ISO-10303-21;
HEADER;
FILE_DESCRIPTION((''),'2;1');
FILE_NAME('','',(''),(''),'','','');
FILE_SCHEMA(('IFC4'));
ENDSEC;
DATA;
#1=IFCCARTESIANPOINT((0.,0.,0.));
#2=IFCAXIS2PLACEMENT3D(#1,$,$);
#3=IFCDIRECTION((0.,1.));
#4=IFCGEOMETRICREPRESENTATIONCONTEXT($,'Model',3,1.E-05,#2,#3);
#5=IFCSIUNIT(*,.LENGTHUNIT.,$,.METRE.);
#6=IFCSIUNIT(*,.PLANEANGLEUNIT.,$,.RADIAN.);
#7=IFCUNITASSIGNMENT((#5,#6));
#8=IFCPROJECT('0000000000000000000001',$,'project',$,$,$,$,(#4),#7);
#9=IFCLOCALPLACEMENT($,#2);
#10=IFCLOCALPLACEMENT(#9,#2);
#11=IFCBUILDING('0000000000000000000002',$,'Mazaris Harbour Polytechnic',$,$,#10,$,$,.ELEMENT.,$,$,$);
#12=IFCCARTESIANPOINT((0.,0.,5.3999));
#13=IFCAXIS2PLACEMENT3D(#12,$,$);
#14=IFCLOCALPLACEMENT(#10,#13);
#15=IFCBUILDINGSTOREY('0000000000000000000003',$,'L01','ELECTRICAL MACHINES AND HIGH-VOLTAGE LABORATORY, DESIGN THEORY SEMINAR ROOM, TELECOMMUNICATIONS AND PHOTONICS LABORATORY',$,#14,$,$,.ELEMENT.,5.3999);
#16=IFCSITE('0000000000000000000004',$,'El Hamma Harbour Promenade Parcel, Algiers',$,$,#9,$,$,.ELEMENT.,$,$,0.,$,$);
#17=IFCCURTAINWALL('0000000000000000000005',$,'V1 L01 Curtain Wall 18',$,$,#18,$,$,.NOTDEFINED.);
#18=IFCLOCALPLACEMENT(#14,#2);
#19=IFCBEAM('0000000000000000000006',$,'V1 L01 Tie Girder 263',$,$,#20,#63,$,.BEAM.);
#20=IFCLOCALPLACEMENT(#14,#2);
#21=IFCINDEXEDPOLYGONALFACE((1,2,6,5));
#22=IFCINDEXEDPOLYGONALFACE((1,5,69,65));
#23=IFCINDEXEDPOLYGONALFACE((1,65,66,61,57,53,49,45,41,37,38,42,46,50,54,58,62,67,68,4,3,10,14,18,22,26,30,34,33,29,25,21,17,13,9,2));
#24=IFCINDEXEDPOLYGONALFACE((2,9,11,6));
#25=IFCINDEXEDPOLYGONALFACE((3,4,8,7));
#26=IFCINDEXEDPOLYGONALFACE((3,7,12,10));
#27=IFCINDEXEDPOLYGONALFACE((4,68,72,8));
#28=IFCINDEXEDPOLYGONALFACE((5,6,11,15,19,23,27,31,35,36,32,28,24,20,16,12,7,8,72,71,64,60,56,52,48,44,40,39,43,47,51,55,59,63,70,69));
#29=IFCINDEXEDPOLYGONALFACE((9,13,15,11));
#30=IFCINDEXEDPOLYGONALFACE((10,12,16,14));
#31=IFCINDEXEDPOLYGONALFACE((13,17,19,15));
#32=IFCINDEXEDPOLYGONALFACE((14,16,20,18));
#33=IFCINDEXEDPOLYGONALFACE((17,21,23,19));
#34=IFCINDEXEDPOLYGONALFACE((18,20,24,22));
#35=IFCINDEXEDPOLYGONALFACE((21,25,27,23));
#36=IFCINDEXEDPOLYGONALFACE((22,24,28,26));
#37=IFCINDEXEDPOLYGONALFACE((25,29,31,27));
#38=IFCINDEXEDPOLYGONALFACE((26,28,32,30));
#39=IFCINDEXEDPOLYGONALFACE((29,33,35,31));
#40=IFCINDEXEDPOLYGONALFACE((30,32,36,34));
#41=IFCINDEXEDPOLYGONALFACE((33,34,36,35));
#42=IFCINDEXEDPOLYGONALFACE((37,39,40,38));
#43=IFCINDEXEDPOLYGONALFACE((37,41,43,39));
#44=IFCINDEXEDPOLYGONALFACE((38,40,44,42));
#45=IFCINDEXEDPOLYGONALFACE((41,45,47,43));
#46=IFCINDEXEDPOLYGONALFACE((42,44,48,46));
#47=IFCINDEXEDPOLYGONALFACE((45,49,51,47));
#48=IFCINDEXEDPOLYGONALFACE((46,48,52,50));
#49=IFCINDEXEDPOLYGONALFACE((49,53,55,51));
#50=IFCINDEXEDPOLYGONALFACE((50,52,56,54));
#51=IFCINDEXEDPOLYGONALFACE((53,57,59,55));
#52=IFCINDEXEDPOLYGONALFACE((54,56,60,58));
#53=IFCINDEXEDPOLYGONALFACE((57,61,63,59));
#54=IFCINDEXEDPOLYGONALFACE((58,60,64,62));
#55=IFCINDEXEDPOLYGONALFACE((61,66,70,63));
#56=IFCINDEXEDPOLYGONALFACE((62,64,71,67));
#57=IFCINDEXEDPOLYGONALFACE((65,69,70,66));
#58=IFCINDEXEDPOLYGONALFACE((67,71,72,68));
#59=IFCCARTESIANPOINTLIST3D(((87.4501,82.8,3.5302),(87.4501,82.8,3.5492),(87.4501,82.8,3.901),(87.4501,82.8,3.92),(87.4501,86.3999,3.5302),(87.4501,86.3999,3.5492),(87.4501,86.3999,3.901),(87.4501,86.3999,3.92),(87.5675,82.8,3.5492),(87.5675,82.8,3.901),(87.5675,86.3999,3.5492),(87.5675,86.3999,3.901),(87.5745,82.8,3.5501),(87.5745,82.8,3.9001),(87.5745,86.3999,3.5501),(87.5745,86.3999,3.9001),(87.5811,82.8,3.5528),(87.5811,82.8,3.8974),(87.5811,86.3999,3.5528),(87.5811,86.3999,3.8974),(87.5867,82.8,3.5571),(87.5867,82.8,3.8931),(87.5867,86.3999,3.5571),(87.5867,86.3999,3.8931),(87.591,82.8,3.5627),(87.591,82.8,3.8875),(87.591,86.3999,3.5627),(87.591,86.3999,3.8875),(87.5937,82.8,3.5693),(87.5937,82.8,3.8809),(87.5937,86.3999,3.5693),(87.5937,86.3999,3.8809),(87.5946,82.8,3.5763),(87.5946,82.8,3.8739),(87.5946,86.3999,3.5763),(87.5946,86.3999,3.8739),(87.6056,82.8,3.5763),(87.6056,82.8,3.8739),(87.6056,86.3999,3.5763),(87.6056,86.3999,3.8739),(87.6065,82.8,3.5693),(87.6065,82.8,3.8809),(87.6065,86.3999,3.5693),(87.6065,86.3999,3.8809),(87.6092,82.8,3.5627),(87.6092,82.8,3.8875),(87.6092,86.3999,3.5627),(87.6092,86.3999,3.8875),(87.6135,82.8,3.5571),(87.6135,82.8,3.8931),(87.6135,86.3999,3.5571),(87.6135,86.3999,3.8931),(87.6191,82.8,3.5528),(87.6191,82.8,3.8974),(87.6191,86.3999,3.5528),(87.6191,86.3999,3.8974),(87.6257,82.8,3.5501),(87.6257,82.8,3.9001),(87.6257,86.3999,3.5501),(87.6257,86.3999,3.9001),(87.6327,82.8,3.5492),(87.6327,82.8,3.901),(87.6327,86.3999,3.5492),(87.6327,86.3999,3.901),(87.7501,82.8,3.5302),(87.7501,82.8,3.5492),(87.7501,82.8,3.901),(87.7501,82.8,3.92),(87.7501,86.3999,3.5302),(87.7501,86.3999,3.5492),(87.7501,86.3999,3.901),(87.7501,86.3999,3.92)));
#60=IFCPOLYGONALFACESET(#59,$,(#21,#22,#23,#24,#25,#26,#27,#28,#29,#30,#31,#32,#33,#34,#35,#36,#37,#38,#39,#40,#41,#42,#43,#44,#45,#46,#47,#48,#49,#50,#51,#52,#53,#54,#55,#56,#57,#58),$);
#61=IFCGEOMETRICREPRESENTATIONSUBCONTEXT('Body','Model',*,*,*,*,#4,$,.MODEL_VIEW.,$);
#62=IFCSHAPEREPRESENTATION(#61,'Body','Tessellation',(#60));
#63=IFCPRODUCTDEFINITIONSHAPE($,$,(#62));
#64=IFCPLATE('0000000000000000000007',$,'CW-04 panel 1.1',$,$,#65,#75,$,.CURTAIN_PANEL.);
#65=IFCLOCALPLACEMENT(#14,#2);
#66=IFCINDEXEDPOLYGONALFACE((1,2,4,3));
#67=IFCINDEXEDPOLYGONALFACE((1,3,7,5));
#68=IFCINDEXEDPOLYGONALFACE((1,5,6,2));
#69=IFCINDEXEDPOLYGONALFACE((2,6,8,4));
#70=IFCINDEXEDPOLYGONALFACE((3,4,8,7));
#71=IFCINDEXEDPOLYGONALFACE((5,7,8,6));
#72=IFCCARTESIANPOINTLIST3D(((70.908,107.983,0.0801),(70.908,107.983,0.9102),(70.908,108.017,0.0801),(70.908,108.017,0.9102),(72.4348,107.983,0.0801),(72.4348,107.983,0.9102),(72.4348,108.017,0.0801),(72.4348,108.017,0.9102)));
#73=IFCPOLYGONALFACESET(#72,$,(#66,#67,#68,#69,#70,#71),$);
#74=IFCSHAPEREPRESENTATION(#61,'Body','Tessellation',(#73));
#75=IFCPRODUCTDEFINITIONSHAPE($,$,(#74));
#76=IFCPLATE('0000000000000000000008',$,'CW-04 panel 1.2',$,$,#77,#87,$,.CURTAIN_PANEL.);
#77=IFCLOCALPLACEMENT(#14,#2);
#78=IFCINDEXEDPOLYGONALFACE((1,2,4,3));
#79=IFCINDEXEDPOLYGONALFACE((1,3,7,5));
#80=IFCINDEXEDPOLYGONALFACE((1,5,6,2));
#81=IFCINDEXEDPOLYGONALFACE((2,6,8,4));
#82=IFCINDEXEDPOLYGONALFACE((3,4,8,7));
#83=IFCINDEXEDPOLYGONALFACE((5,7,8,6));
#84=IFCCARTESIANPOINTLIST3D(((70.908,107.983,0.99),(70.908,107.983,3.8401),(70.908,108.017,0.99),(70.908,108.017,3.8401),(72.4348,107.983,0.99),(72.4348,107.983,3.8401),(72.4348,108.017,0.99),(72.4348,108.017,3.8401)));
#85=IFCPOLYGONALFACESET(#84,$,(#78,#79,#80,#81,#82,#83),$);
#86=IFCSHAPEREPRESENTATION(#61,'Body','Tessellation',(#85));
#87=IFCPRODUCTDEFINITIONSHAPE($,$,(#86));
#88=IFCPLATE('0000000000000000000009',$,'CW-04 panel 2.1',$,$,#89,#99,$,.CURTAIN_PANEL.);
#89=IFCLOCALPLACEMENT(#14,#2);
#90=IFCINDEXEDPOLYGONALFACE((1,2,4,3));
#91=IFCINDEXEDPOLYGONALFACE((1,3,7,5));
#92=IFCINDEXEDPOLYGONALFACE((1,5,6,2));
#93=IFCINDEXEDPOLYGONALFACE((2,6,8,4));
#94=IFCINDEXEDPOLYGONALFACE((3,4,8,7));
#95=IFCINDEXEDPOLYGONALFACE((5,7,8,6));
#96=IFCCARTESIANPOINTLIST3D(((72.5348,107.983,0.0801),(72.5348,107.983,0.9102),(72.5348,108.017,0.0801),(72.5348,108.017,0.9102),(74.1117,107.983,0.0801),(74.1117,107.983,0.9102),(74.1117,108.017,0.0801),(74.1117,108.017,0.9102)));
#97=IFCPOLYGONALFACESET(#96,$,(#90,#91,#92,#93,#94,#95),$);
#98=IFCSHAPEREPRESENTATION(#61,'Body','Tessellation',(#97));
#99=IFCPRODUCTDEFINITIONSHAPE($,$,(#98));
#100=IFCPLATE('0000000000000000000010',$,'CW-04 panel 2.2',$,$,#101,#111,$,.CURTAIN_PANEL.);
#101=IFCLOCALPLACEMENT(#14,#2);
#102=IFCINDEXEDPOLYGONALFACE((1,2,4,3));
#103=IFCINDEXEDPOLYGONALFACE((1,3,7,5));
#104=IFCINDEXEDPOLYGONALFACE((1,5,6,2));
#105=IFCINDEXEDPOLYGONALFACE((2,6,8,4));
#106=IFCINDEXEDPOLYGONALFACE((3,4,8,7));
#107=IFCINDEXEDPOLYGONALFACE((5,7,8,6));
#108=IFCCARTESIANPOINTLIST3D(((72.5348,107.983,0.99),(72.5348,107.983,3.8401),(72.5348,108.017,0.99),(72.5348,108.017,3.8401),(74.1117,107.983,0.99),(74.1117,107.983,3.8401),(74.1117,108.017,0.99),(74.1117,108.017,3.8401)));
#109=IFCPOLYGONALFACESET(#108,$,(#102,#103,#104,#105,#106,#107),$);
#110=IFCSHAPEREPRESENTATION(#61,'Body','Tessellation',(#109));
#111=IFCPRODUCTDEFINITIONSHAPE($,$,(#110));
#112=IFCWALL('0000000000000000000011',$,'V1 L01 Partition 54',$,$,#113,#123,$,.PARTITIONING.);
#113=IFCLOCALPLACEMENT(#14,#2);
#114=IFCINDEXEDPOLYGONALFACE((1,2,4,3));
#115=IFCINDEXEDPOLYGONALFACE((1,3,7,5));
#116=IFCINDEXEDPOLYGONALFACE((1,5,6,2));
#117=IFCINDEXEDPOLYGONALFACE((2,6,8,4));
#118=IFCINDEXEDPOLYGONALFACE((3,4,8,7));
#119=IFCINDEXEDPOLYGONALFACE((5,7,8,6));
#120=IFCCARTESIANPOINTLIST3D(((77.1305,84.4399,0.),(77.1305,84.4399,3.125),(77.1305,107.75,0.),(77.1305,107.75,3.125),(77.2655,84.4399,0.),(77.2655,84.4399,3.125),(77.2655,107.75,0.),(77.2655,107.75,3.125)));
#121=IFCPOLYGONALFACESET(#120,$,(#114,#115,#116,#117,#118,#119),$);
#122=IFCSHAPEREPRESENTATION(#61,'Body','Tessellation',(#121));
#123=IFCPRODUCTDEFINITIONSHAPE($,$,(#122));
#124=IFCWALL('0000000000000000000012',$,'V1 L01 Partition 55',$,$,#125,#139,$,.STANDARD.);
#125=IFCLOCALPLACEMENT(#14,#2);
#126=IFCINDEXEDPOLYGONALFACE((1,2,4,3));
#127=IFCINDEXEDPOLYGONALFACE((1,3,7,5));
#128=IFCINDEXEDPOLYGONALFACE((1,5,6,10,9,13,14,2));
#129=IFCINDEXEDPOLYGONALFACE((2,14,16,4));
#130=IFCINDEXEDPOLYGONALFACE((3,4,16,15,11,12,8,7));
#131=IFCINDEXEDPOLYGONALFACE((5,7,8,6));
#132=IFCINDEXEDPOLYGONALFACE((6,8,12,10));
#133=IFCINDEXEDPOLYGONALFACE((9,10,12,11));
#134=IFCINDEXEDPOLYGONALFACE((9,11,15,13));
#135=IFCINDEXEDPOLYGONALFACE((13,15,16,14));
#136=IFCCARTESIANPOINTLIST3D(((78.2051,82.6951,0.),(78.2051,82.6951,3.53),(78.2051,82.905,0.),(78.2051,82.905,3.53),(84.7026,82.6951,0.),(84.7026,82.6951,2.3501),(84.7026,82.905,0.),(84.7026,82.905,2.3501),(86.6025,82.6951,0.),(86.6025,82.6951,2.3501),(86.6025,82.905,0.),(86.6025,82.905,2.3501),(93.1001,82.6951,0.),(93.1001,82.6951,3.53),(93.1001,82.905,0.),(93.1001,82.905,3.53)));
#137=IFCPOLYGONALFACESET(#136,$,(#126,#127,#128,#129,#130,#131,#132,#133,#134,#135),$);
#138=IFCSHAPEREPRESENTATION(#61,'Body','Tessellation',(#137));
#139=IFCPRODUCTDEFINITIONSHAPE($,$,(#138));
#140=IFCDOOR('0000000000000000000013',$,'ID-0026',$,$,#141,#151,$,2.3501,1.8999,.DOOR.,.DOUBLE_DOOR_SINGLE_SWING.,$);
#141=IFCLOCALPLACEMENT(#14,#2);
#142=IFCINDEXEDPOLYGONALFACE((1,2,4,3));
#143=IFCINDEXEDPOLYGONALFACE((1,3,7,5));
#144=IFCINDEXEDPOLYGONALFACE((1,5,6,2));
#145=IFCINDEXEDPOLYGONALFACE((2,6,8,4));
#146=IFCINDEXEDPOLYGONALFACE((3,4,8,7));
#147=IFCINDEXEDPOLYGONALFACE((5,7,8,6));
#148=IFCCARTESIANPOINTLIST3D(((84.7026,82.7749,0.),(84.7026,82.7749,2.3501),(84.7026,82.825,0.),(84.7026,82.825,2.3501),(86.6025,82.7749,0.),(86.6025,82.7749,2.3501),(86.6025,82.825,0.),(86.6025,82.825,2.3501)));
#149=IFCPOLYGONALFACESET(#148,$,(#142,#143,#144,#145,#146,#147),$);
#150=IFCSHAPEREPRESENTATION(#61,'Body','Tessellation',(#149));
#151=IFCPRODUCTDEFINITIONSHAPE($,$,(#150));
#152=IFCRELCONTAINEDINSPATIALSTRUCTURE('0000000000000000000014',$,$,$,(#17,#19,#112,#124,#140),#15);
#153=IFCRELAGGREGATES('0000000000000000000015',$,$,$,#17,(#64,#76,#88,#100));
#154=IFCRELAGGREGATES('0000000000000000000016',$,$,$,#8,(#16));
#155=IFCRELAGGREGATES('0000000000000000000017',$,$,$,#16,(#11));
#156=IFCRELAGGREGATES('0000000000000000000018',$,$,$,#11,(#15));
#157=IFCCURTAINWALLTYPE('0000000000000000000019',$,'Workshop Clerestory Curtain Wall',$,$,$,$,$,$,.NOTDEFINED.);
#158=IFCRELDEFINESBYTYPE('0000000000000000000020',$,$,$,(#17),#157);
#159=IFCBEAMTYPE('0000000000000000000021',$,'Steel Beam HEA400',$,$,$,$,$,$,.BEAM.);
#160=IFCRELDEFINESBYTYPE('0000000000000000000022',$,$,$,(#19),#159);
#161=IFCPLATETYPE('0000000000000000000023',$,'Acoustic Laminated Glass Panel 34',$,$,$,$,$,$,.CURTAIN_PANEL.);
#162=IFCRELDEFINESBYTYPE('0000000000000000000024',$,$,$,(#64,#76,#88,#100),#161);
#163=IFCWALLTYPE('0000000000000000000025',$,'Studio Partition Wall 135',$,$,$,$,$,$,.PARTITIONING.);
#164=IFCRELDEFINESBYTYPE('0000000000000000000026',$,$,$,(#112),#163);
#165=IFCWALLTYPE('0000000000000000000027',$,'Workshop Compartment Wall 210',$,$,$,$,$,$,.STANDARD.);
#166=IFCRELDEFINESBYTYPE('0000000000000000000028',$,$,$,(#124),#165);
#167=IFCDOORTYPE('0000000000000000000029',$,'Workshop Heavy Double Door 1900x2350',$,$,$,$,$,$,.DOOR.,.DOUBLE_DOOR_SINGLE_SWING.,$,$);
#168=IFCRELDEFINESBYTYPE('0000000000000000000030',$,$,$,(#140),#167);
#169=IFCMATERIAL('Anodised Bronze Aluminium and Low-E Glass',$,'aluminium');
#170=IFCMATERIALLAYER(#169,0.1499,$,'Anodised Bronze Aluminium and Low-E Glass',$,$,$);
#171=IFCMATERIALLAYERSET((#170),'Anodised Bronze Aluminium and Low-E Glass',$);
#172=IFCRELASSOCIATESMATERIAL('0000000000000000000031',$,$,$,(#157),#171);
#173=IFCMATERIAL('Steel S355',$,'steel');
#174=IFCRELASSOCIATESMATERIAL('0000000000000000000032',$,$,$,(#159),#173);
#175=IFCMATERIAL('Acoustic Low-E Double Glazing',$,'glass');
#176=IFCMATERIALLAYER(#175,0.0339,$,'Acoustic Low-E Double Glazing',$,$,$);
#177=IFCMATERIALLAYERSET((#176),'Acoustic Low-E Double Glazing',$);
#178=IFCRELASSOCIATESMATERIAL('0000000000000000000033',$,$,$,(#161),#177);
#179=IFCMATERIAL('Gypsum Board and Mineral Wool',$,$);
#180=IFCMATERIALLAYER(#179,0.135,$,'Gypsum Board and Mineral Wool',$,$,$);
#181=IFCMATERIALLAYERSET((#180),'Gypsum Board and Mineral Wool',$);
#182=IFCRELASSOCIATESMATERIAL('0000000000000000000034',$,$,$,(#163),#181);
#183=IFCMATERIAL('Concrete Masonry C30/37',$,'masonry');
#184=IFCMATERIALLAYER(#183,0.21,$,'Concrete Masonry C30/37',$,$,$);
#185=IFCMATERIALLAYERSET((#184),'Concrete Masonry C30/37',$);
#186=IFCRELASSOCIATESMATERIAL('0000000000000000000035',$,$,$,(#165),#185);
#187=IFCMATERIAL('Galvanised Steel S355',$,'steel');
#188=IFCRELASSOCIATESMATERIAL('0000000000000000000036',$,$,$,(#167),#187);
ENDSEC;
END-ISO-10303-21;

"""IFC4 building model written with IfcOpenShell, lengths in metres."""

from ifc_helpers import new_model, si_unit, direction, frame, frame_2d, origin, origin_2d, place, context, subcontext, project, spatial, rectangle, i_section, extrude, material, layer, layer_set, material_profile, profile_set, type_object, element, fill, aggregate, save


model = new_model("IFC4")

# Units and contexts
model_context = context("Model", 3, precision=1e-05, world=origin(), true_north=direction((0.0, 1.0)))
body_context = subcontext(model_context, "Body", "Model", "MODEL_VIEW")
ifc_project = project(units=[si_unit("LENGTHUNIT", "METRE"), si_unit("PLANEANGLEUNIT", "RADIAN")], contexts=[model_context])

# Site, building, storey
site_placement = place(None, origin())
site = spatial("IfcSite", under=ifc_project, at=site_placement, Name="El Hamma Harbour Promenade Parcel, Algiers", CompositionType="ELEMENT", RefElevation=0.0)
building_placement = place(site_placement, origin())
building = spatial("IfcBuilding", under=site, at=building_placement, Name="Mazaris Harbour Polytechnic", CompositionType="ELEMENT")
storey_placement = place(building_placement, frame((0.0, 0.0, 5.3999)))
storey = spatial("IfcBuildingStorey", under=building, at=storey_placement, Name="L01", Description="ELECTRICAL MACHINES AND HIGH-VOLTAGE LABORATORY, DESIGN THEORY SEMINAR ROOM, TELECOMMUNICATIONS AND PHOTONICS LABORATORY", CompositionType="ELEMENT", Elevation=5.3999)

# Curtain wall
ifc_material_1 = material(Name="Anodised Bronze Aluminium and Low-E Glass", Category="aluminium")
ifc_layer_1 = layer(ifc_material_1, 0.1499, Name="Anodised Bronze Aluminium and Low-E Glass")
ifc_layer_set_1 = layer_set([ifc_layer_1], Name="Anodised Bronze Aluminium and Low-E Glass")
curtain_wall_type = type_object("IfcCurtainWallType", Name="Workshop Clerestory Curtain Wall", PredefinedType="NOTDEFINED", material=ifc_layer_set_1)
curtain_wall_placement = place(storey_placement, origin())
curtain_wall = element("IfcCurtainWall", 1, at=curtain_wall_placement, inside=storey, type_object=curtain_wall_type, Name="V1 L01 Curtain Wall 18", PredefinedType="NOTDEFINED")

# Beam
ifc_material_2 = material(Name="Steel S355", Category="steel")
ifc_material_profile_1 = material_profile(ifc_material_2, i_section(OverallWidth=0.3, OverallDepth=0.3899, WebThickness=0.011, FlangeThickness=0.019, FilletRadius=0.0271, at=origin_2d()), Name="HEA 400")
ifc_profile_set_1 = profile_set([ifc_material_profile_1], Name="Steel S355")
beam_type_1 = type_object("IfcBeamType", Name="Steel Beam HEA400", PredefinedType="BEAM", material=ifc_profile_set_1)
beam_1_placement = place(storey_placement, frame((87.6001, 82.8, 3.7251), z_axis=(0.0, 1.0, 0.0), x_axis=(-1.0, 0.0, 0.0)))
element("IfcBeam", 2, at=beam_1_placement, inside=storey, type_object=beam_type_1, Name="V1 L01 Tie Girder 263", PredefinedType="BEAM", context=body_context, shape_type="SweptSolid", body=[
    extrude(i_section(OverallWidth=0.3, OverallDepth=0.3899, WebThickness=0.011, FlangeThickness=0.019, FilletRadius=0.0271, at=origin_2d()), origin(), (0.0, 0.0, 1.0), 3.5999),
])

# Plates
ifc_material_3 = material(Name="Acoustic Low-E Double Glazing", Category="glass")
ifc_layer_2 = layer(ifc_material_3, 0.0339, Name="Acoustic Low-E Double Glazing")
ifc_layer_set_2 = layer_set([ifc_layer_2], Name="Acoustic Low-E Double Glazing")
plate_type = type_object("IfcPlateType", Name="Acoustic Laminated Glass Panel 34", PredefinedType="CURTAIN_PANEL", material=ifc_layer_set_2)
plate_1_placement = place(storey_placement, frame((71.6714, 108.0, 0.0801), z_axis=(0.0, 0.0, 1.0), x_axis=(1.0, 0.0, 0.0)))
plate_1 = element("IfcPlate", 3, at=plate_1_placement, type_object=plate_type, Name="CW-04 panel 1.1", PredefinedType="CURTAIN_PANEL", context=body_context, shape_type="SweptSolid", body=[
    extrude(rectangle(XDim=1.5269, YDim=0.0339, at=origin_2d()), origin(), (0.0, 0.0, 1.0), 0.8301),
])
plate_2_placement = place(storey_placement, frame((71.6714, 108.0, 0.99), z_axis=(0.0, 0.0, 1.0), x_axis=(1.0, 0.0, 0.0)))
plate_2 = element("IfcPlate", 4, at=plate_2_placement, type_object=plate_type, Name="CW-04 panel 1.2", PredefinedType="CURTAIN_PANEL", context=body_context, shape_type="SweptSolid", body=[
    extrude(rectangle(XDim=1.5269, YDim=0.0339, at=origin_2d()), origin(), (0.0, 0.0, 1.0), 2.8501),
])
plate_3_placement = place(storey_placement, frame((73.3232, 108.0, 0.0801), z_axis=(0.0, 0.0, 1.0), x_axis=(1.0, 0.0, 0.0)))
plate_3 = element("IfcPlate", 5, at=plate_3_placement, type_object=plate_type, Name="CW-04 panel 2.1", PredefinedType="CURTAIN_PANEL", context=body_context, shape_type="SweptSolid", body=[
    extrude(rectangle(XDim=1.5769, YDim=0.0339, at=origin_2d()), origin(), (0.0, 0.0, 1.0), 0.8301),
])
plate_4_placement = place(storey_placement, frame((73.3232, 108.0, 0.99), z_axis=(0.0, 0.0, 1.0), x_axis=(1.0, 0.0, 0.0)))
plate_4 = element("IfcPlate", 6, at=plate_4_placement, type_object=plate_type, Name="CW-04 panel 2.2", PredefinedType="CURTAIN_PANEL", context=body_context, shape_type="SweptSolid", body=[
    extrude(rectangle(XDim=1.5769, YDim=0.0339, at=origin_2d()), origin(), (0.0, 0.0, 1.0), 2.8501),
])
aggregate(curtain_wall, [plate_1, plate_2, plate_3, plate_4])

# Wall
ifc_material_4 = material(Name="Gypsum Board and Mineral Wool")
ifc_layer_3 = layer(ifc_material_4, 0.135, Name="Gypsum Board and Mineral Wool")
ifc_layer_set_3 = layer_set([ifc_layer_3], Name="Gypsum Board and Mineral Wool")
wall_type_1 = type_object("IfcWallType", Name="Studio Partition Wall 135", PredefinedType="PARTITIONING", material=ifc_layer_set_3)
wall_1_placement = place(storey_placement, frame((77.198, 84.4399, 0.0), z_axis=(0.0, 0.0, 1.0), x_axis=(0.0, 1.0, 0.0)))
element("IfcWall", 7, at=wall_1_placement, inside=storey, type_object=wall_type_1, Name="V1 L01 Partition 54", PredefinedType="PARTITIONING", context=body_context, shape_type="SweptSolid", body=[
    extrude(rectangle(XDim=23.3101, YDim=0.135, at=frame_2d((11.655, 0.0))), origin(), (0.0, 0.0, 1.0), 3.125),
])

# Wall, opening, door
ifc_material_5 = material(Name="Concrete Masonry C30/37", Category="masonry")
ifc_layer_4 = layer(ifc_material_5, 0.21, Name="Concrete Masonry C30/37")
ifc_layer_set_4 = layer_set([ifc_layer_4], Name="Concrete Masonry C30/37")
wall_type_2 = type_object("IfcWallType", Name="Workshop Compartment Wall 210", PredefinedType="STANDARD", material=ifc_layer_set_4)
wall_2_placement = place(storey_placement, frame((78.2051, 82.8, 0.0), z_axis=(0.0, 0.0, 1.0), x_axis=(1.0, 0.0, 0.0)))
wall_2 = element("IfcWall", 8, at=wall_2_placement, inside=storey, type_object=wall_type_2, Name="V1 L01 Partition 55", PredefinedType="STANDARD", context=body_context, shape_type="SweptSolid", body=[
    extrude(rectangle(XDim=14.895, YDim=0.21, at=frame_2d((7.4475, 0.0))), origin(), (0.0, 0.0, 1.0), 3.53),
])
opening_placement = place(wall_2_placement, frame((6.4976, 0.0, 0.0)))
opening = element("IfcOpeningElement", 9, at=opening_placement, cuts=wall_2, PredefinedType="OPENING", context=body_context, shape_type="SweptSolid", body=[
    extrude(rectangle(XDim=1.8999, YDim=2.3501, at=frame_2d((0.95, 1.175))), frame((0.0, 0.115, 0.0), z_axis=(0.0, -1.0, 0.0), x_axis=(1.0, 0.0, 0.0)), (0.0, 0.0, 1.0), 0.23),
])
ifc_material_6 = material(Name="Galvanised Steel S355", Category="steel")
door_type = type_object("IfcDoorType", Name="Workshop Heavy Double Door 1900x2350", OperationType="DOUBLE_DOOR_SINGLE_SWING", PredefinedType="DOOR", material=ifc_material_6)
door_placement = place(opening_placement, origin())
door = element("IfcDoor", 10, at=door_placement, inside=storey, type_object=door_type, Name="ID-0026", OperationType="DOUBLE_DOOR_SINGLE_SWING", OverallHeight=2.3501, OverallWidth=1.8999, PredefinedType="DOOR", context=body_context, shape_type="SweptSolid", body=[
    extrude(rectangle(XDim=1.8999, YDim=2.3501, at=frame_2d((0.95, 1.175))), frame((0.0, 0.0249, 0.0), z_axis=(0.0, -1.0, 0.0), x_axis=(1.0, 0.0, 0.0)), (0.0, 0.0, 1.0), 0.05),
])
fill(opening, door)

save(model, "model.ifc")
